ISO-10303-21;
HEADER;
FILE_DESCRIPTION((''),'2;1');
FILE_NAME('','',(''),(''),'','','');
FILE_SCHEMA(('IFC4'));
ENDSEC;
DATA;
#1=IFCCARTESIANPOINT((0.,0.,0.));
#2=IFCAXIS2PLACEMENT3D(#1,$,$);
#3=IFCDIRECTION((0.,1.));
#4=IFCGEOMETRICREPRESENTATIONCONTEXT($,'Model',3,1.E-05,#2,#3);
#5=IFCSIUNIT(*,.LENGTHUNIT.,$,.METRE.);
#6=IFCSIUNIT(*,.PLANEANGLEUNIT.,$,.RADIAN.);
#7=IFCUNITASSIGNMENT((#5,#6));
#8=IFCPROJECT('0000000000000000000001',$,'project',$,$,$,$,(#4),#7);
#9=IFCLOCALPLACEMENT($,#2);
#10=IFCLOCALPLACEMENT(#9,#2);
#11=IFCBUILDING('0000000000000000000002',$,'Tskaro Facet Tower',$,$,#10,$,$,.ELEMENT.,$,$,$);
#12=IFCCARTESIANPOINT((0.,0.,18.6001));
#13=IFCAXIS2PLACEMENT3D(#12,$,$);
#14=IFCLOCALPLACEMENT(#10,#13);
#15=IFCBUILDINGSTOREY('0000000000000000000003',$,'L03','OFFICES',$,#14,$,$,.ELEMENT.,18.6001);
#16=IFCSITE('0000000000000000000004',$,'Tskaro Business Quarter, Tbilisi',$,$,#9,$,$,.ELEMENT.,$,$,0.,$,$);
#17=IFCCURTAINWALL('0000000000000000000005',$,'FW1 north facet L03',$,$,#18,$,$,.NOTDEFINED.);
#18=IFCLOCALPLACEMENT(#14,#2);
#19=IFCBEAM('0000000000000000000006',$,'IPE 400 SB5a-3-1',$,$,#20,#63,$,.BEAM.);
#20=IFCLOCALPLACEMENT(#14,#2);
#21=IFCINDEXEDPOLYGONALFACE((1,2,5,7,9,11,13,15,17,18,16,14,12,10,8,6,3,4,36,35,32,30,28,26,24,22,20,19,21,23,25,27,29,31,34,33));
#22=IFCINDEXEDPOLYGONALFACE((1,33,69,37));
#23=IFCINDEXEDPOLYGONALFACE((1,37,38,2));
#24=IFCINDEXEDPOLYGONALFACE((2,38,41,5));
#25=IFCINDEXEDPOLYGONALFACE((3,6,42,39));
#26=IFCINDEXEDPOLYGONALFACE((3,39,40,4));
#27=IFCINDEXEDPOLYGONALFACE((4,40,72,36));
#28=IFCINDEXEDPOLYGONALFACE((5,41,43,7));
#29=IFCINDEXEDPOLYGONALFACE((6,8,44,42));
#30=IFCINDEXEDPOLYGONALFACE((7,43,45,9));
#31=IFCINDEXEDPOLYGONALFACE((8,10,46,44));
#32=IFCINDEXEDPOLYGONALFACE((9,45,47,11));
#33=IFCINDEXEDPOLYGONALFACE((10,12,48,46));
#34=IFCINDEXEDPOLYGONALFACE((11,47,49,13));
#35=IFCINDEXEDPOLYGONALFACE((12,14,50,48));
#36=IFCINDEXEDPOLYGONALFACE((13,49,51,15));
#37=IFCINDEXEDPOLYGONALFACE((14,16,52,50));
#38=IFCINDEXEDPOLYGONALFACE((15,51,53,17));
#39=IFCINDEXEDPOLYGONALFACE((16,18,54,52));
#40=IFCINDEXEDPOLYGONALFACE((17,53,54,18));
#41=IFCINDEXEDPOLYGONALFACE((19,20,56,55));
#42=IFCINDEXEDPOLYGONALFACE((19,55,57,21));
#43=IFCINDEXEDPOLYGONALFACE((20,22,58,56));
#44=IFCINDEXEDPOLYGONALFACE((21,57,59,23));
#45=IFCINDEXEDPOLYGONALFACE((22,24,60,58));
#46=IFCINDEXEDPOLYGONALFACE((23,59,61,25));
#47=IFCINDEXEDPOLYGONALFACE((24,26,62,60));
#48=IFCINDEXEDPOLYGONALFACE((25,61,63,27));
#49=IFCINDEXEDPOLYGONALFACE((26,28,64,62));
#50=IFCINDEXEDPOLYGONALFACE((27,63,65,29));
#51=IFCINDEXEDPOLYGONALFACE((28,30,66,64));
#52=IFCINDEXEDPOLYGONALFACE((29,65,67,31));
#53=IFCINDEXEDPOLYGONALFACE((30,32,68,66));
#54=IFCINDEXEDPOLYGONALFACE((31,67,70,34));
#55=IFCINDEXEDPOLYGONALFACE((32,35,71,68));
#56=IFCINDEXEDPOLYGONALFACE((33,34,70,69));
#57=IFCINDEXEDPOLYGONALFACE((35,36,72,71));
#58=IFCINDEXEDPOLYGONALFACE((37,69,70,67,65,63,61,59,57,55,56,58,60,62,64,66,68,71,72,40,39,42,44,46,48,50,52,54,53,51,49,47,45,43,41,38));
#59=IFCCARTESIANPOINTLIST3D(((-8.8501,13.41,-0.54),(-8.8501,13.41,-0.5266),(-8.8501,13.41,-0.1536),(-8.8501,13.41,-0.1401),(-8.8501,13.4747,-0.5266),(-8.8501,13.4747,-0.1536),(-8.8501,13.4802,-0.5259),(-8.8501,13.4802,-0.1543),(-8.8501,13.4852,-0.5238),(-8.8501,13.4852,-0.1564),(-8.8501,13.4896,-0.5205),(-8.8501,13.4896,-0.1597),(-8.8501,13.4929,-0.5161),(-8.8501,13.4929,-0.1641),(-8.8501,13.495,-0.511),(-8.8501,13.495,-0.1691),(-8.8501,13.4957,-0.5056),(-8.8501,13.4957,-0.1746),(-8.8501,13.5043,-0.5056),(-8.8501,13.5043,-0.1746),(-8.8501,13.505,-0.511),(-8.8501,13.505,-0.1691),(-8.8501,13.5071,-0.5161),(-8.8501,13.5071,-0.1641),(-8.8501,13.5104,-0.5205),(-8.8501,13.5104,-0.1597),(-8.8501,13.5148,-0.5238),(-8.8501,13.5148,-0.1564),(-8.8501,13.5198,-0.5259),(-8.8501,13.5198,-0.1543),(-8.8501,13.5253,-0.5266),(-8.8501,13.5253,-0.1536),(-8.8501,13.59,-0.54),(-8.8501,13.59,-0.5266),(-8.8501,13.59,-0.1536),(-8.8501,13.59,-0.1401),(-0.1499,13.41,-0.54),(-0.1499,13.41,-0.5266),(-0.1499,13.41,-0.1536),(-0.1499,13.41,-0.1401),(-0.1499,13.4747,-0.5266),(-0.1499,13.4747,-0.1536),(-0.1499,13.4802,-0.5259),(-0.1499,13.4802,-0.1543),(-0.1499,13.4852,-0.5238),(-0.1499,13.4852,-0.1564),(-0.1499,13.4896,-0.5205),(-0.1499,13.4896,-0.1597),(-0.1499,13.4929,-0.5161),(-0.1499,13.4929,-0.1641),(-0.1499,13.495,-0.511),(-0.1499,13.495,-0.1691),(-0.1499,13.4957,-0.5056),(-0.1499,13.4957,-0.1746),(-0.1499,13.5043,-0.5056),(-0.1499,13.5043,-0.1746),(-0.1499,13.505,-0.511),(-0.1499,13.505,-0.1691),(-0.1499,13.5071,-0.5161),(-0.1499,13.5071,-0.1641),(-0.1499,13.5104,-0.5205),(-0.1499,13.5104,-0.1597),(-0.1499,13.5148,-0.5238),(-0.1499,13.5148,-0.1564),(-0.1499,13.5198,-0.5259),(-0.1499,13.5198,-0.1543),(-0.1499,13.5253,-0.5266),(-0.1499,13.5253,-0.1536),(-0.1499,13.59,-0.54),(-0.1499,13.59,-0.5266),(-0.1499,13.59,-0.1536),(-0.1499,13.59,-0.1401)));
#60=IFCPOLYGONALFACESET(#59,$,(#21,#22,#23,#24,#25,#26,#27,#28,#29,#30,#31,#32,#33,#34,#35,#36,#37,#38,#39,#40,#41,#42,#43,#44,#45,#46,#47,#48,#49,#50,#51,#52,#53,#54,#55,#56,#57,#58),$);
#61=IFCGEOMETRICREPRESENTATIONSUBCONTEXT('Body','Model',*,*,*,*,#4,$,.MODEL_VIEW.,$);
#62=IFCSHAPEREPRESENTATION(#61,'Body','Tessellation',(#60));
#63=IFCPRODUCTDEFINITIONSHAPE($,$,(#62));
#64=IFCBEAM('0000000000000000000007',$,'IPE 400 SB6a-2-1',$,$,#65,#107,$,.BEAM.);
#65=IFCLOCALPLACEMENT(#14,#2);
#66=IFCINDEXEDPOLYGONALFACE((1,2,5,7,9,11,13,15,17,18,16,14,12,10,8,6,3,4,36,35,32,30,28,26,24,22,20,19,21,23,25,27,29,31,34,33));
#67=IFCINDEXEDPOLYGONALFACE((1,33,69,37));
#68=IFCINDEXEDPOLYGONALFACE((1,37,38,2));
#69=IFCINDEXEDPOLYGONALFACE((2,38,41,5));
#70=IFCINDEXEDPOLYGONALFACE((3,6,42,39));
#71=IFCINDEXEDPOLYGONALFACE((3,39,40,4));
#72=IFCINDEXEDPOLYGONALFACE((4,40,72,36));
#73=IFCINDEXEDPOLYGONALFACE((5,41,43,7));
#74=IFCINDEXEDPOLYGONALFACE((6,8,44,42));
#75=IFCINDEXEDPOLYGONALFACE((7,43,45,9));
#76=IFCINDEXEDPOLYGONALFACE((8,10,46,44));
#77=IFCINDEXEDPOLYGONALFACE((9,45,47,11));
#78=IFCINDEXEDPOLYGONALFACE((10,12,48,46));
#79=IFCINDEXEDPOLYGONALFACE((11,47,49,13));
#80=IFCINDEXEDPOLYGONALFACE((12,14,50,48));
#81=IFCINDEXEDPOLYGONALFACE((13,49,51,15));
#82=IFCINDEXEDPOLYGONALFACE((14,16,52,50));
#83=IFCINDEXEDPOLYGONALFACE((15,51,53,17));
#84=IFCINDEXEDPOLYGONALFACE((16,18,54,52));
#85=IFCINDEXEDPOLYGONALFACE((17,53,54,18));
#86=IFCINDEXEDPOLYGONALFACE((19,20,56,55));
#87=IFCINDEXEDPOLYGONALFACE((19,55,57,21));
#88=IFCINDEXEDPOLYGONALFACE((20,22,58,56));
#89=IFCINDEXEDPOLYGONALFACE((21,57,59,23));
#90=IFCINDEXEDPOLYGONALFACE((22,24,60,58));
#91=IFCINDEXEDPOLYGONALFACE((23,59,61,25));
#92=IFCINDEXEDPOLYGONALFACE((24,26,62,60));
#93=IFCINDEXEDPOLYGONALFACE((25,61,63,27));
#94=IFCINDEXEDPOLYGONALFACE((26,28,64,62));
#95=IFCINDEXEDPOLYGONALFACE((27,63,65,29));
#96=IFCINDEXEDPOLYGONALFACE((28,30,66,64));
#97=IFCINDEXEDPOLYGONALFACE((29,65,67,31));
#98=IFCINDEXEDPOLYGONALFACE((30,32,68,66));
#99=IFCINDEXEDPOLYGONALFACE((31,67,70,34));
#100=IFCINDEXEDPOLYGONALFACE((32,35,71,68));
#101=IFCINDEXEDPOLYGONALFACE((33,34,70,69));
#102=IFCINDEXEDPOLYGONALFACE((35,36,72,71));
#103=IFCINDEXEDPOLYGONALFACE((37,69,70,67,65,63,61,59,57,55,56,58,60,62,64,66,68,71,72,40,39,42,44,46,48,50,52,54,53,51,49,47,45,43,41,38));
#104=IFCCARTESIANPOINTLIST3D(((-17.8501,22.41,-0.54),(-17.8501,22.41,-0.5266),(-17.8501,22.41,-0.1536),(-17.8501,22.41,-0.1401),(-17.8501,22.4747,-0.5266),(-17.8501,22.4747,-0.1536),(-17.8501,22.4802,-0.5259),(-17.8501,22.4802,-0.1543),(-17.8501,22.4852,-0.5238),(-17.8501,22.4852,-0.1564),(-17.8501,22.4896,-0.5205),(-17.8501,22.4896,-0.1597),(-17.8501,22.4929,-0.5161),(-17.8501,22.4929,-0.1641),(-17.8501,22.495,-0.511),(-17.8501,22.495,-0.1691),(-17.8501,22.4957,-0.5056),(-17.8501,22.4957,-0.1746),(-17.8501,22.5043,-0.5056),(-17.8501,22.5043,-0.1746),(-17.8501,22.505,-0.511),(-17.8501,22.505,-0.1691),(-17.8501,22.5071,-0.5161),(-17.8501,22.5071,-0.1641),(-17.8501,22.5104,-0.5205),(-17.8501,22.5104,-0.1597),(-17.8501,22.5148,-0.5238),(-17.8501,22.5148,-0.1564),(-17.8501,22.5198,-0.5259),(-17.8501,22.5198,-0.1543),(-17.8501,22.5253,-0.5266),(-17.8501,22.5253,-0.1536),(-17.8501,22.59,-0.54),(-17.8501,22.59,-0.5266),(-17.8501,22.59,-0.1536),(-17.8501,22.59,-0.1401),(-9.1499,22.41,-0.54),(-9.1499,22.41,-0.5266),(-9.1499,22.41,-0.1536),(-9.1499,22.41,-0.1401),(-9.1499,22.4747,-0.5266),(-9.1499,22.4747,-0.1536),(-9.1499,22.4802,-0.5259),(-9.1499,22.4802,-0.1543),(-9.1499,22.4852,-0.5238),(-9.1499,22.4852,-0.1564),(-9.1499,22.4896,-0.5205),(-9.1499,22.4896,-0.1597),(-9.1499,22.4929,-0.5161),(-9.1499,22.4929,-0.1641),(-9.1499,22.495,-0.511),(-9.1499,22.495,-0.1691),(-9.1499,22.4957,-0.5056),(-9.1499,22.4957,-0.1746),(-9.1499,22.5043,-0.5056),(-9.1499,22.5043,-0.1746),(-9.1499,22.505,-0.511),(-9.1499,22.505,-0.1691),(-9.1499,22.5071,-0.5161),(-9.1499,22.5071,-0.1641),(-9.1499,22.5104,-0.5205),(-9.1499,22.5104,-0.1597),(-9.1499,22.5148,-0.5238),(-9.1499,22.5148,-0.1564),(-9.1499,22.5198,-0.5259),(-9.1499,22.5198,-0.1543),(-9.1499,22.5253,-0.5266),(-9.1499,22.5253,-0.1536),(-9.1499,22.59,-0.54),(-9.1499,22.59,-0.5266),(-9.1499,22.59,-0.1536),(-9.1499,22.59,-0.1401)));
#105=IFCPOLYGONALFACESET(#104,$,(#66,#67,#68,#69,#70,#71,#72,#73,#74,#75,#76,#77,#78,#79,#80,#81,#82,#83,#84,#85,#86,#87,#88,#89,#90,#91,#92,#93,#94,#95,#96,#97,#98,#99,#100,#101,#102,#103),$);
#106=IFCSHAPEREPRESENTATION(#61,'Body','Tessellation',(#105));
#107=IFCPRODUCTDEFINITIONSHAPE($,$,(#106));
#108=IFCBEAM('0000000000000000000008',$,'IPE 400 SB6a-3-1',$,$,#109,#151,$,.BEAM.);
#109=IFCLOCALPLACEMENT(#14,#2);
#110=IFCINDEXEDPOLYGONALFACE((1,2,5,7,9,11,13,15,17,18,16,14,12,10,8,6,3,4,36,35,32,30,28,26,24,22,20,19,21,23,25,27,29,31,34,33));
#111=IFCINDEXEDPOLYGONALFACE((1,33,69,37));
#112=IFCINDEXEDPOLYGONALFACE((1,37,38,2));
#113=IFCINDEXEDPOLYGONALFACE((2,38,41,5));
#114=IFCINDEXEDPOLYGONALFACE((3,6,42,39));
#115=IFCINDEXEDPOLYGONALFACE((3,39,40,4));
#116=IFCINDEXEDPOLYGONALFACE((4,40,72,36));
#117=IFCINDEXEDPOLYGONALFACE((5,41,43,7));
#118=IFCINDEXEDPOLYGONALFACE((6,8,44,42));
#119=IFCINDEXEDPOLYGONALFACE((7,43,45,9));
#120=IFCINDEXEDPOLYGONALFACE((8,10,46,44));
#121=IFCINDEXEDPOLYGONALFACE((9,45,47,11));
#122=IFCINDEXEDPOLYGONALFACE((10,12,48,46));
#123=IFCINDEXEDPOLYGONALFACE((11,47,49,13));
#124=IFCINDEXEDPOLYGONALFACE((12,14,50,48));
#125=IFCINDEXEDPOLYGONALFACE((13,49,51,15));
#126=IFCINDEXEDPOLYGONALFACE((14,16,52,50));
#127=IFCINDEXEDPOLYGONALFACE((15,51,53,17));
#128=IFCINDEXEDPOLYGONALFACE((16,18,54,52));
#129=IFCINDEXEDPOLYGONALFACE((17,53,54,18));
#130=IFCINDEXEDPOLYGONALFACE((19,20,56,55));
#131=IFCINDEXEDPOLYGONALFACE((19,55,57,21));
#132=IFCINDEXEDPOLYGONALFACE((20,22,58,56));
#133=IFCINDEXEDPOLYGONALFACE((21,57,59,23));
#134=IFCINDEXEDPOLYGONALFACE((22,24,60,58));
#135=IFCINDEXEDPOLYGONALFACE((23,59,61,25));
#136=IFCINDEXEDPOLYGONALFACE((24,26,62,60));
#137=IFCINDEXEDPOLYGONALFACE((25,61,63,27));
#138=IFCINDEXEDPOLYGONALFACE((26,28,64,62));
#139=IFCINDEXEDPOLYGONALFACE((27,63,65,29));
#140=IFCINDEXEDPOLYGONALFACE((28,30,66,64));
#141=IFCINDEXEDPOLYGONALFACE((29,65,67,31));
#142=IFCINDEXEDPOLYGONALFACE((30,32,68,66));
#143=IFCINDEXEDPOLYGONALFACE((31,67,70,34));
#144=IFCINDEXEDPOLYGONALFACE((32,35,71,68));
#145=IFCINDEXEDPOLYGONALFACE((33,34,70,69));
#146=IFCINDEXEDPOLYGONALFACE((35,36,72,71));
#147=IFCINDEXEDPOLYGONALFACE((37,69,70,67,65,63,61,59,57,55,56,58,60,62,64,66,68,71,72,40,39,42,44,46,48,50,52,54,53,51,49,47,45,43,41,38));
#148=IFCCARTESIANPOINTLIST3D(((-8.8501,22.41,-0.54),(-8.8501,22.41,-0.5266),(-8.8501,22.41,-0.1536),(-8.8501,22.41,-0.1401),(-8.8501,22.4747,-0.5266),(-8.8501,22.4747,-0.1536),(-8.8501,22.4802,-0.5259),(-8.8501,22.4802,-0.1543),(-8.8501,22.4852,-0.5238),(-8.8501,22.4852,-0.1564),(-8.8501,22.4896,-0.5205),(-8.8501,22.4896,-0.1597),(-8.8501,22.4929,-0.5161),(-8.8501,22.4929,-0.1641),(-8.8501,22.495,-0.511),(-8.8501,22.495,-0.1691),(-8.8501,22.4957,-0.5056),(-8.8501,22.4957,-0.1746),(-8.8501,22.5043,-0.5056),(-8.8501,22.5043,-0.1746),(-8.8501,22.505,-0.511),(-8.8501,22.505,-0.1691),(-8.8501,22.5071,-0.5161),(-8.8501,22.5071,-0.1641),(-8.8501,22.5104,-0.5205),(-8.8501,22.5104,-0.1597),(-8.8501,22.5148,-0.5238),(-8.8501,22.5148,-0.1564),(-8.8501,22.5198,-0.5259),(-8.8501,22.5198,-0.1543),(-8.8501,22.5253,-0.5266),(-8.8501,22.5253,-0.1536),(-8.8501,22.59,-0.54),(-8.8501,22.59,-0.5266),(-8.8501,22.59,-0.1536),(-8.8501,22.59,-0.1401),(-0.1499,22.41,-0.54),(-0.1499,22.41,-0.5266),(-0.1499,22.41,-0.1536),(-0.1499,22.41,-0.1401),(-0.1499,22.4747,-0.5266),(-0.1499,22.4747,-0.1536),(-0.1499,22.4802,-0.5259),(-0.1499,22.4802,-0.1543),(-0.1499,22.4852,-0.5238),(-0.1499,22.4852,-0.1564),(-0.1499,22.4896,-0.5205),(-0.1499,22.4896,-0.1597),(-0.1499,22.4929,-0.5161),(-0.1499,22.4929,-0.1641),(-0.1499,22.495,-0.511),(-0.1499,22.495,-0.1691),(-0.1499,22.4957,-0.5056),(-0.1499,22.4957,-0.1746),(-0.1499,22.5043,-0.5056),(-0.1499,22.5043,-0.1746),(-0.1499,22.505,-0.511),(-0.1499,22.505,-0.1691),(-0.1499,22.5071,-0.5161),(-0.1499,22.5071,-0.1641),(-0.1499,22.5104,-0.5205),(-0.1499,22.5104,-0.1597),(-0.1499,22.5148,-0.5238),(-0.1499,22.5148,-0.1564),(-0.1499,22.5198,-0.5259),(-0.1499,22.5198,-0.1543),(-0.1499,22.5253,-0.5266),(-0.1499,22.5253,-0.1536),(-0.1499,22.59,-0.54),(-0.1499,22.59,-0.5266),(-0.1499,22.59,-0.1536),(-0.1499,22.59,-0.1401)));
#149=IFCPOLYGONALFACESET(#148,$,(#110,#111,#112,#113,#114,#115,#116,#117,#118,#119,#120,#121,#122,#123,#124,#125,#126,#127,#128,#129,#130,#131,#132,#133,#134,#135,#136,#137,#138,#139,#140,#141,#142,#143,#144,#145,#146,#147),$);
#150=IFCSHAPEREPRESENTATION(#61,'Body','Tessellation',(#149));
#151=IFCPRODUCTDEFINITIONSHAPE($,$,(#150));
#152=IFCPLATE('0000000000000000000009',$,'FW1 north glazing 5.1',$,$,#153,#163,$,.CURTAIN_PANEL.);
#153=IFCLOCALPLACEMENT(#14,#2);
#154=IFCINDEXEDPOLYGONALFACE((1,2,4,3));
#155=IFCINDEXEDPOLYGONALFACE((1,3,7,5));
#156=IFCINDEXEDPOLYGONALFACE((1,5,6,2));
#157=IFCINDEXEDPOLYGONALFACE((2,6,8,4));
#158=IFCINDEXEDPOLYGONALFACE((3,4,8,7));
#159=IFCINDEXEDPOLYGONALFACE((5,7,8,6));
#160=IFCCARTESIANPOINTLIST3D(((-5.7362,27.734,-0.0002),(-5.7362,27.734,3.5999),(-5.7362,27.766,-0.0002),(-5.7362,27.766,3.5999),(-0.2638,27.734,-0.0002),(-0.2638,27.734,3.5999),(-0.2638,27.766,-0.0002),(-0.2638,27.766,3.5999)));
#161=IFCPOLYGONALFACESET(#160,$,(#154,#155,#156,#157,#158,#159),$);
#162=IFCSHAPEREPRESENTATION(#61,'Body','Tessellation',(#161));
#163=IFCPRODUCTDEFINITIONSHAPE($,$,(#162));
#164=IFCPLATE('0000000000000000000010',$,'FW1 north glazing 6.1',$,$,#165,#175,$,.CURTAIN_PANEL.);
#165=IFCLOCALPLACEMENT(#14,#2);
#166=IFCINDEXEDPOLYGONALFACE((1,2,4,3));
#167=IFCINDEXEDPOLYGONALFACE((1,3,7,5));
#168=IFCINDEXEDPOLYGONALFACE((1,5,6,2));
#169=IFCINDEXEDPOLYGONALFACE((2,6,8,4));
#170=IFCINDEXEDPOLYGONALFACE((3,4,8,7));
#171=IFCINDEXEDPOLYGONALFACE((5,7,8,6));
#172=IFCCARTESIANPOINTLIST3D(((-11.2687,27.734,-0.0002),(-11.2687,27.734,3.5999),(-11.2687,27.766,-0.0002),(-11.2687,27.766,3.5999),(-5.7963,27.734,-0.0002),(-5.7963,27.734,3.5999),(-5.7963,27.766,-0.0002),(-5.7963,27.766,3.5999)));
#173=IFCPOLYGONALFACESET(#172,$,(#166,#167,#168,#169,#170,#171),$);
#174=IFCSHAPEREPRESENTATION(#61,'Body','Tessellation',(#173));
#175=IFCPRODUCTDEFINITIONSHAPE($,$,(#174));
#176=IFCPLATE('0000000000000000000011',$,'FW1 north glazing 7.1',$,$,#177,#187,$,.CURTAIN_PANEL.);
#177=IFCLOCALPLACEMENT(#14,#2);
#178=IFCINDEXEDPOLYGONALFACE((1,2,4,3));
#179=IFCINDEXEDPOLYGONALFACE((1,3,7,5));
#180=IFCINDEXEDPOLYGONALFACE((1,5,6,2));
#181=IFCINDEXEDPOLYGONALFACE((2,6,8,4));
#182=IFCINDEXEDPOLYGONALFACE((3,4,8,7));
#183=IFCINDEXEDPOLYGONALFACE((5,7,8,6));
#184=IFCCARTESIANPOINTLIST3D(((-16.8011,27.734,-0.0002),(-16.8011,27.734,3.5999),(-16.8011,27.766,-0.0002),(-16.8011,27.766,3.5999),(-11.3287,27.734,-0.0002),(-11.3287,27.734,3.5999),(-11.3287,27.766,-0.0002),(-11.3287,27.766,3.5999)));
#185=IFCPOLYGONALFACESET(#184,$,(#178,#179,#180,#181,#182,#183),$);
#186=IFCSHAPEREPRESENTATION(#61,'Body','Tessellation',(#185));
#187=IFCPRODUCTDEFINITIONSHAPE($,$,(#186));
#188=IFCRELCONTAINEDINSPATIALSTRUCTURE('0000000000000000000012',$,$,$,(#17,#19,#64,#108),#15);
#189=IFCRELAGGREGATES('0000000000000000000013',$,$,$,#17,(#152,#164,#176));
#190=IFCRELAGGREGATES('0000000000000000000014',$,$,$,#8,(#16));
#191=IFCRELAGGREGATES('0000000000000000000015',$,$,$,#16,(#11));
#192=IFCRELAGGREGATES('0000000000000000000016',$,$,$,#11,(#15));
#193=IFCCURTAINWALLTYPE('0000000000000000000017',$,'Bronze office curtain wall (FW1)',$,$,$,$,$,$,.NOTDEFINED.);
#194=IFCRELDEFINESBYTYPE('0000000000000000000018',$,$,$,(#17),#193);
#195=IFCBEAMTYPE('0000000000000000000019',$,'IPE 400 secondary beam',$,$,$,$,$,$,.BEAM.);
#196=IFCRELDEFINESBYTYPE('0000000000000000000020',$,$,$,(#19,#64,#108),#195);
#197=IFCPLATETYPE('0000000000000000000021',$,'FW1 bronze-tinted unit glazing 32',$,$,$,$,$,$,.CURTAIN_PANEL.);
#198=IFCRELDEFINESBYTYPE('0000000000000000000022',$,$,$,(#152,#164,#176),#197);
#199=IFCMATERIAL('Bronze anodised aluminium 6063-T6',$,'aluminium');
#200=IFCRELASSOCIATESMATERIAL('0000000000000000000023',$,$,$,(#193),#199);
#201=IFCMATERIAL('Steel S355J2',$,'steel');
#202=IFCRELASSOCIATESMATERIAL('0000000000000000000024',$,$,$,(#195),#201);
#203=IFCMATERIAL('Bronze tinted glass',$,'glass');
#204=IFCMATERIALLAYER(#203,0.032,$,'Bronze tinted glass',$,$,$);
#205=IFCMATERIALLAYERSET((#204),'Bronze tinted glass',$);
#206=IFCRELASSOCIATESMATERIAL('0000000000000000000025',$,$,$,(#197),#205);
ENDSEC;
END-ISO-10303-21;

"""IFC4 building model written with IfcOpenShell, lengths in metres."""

from ifc_helpers import new_model, si_unit, direction, frame, origin, origin_2d, place, context, subcontext, project, spatial, rectangle, i_section, extrude, material, layer, layer_set, material_profile, profile_set, type_object, element, aggregate, save


model = new_model("IFC4")

# Units and contexts
model_context = context("Model", 3, precision=1e-05, world=origin(), true_north=direction((0.0, 1.0)))
body_context = subcontext(model_context, "Body", "Model", "MODEL_VIEW")
ifc_project = project(units=[si_unit("LENGTHUNIT", "METRE"), si_unit("PLANEANGLEUNIT", "RADIAN")], contexts=[model_context])

# Site, building, storey
site_placement = place(None, origin())
site = spatial("IfcSite", under=ifc_project, at=site_placement, Name="Tskaro Business Quarter, Tbilisi", CompositionType="ELEMENT", RefElevation=0.0)
building_placement = place(site_placement, origin())
building = spatial("IfcBuilding", under=site, at=building_placement, Name="Tskaro Facet Tower", CompositionType="ELEMENT")
storey_placement = place(building_placement, frame((0.0, 0.0, 18.6001)))
storey = spatial("IfcBuildingStorey", under=building, at=storey_placement, Name="L03", Description="OFFICES", CompositionType="ELEMENT", Elevation=18.6001)

# Curtain wall
ifc_material_1 = material(Name="Bronze anodised aluminium 6063-T6", Category="aluminium")
curtain_wall_type = type_object("IfcCurtainWallType", Name="Bronze office curtain wall (FW1)", PredefinedType="NOTDEFINED", material=ifc_material_1)
curtain_wall_placement = place(storey_placement, origin())
curtain_wall = element("IfcCurtainWall", 1, at=curtain_wall_placement, inside=storey, type_object=curtain_wall_type, Name="FW1 north facet L03", PredefinedType="NOTDEFINED")

# Beams
ifc_material_2 = material(Name="Steel S355J2", Category="steel")
ifc_material_profile_1 = material_profile(ifc_material_2, i_section(OverallWidth=0.1799, OverallDepth=0.3999, WebThickness=0.0085, FlangeThickness=0.0134, FilletRadius=0.021, at=origin_2d()), Name="IPE 400")
ifc_profile_set_1 = profile_set([ifc_material_profile_1], Name="Steel S355J2")
beam_type_1 = type_object("IfcBeamType", Name="IPE 400 secondary beam", PredefinedType="BEAM", material=ifc_profile_set_1)
for number, where, z_axis, x_axis, name in (
    (2, (-8.8501, 13.5, -0.3401), (1.0, 0.0, 0.0), (0.0, 1.0, 0.0), "IPE 400 SB5a-3-1"),
    (3, (-17.8501, 22.5, -0.3401), (1.0, 0.0, 0.0), (0.0, 1.0, 0.0), "IPE 400 SB6a-2-1"),
    (4, (-8.8501, 22.5, -0.3401), (1.0, 0.0, 0.0), (0.0, 1.0, 0.0), "IPE 400 SB6a-3-1"),
):
    element("IfcBeam", number, at=place(storey_placement, frame(where, z_axis=z_axis, x_axis=x_axis)), inside=storey, type_object=beam_type_1, Name=name, PredefinedType="BEAM", context=body_context, shape_type="SweptSolid", body=[
        extrude(i_section(OverallWidth=0.1799, OverallDepth=0.3999, WebThickness=0.0085, FlangeThickness=0.0134, FilletRadius=0.021, at=origin_2d()), origin(), (0.0, 0.0, 1.0), 8.7002),
    ])

# Plates
ifc_material_3 = material(Name="Bronze tinted glass", Category="glass")
ifc_layer_1 = layer(ifc_material_3, 0.032, Name="Bronze tinted glass")
ifc_layer_set_1 = layer_set([ifc_layer_1], Name="Bronze tinted glass")
plate_type = type_object("IfcPlateType", Name="FW1 bronze-tinted unit glazing 32", PredefinedType="CURTAIN_PANEL", material=ifc_layer_set_1)
plate_1_placement = place(storey_placement, frame((-3.0, 27.75, -0.0002), z_axis=(0.0, 0.0, 1.0), x_axis=(-1.0, 0.0, 0.0)))
plate_1 = element("IfcPlate", 5, at=plate_1_placement, type_object=plate_type, Name="FW1 north glazing 5.1", PredefinedType="CURTAIN_PANEL", context=body_context, shape_type="SweptSolid", body=[
    extrude(rectangle(XDim=5.4724, YDim=0.032, at=origin_2d()), origin(), (0.0, 0.0, 1.0), 3.6001),
])
plate_2_placement = place(storey_placement, frame((-8.5325, 27.75, -0.0002), z_axis=(0.0, 0.0, 1.0), x_axis=(-1.0, 0.0, 0.0)))
plate_2 = element("IfcPlate", 6, at=plate_2_placement, type_object=plate_type, Name="FW1 north glazing 6.1", PredefinedType="CURTAIN_PANEL", context=body_context, shape_type="SweptSolid", body=[
    extrude(rectangle(XDim=5.4724, YDim=0.032, at=origin_2d()), origin(), (0.0, 0.0, 1.0), 3.6001),
])
plate_3_placement = place(storey_placement, frame((-14.0649, 27.75, -0.0002), z_axis=(0.0, 0.0, 1.0), x_axis=(-1.0, 0.0, 0.0)))
plate_3 = element("IfcPlate", 7, at=plate_3_placement, type_object=plate_type, Name="FW1 north glazing 7.1", PredefinedType="CURTAIN_PANEL", context=body_context, shape_type="SweptSolid", body=[
    extrude(rectangle(XDim=5.4724, YDim=0.032, at=origin_2d()), origin(), (0.0, 0.0, 1.0), 3.6001),
])
aggregate(curtain_wall, [plate_1, plate_2, plate_3])

save(model, "model.ifc")
